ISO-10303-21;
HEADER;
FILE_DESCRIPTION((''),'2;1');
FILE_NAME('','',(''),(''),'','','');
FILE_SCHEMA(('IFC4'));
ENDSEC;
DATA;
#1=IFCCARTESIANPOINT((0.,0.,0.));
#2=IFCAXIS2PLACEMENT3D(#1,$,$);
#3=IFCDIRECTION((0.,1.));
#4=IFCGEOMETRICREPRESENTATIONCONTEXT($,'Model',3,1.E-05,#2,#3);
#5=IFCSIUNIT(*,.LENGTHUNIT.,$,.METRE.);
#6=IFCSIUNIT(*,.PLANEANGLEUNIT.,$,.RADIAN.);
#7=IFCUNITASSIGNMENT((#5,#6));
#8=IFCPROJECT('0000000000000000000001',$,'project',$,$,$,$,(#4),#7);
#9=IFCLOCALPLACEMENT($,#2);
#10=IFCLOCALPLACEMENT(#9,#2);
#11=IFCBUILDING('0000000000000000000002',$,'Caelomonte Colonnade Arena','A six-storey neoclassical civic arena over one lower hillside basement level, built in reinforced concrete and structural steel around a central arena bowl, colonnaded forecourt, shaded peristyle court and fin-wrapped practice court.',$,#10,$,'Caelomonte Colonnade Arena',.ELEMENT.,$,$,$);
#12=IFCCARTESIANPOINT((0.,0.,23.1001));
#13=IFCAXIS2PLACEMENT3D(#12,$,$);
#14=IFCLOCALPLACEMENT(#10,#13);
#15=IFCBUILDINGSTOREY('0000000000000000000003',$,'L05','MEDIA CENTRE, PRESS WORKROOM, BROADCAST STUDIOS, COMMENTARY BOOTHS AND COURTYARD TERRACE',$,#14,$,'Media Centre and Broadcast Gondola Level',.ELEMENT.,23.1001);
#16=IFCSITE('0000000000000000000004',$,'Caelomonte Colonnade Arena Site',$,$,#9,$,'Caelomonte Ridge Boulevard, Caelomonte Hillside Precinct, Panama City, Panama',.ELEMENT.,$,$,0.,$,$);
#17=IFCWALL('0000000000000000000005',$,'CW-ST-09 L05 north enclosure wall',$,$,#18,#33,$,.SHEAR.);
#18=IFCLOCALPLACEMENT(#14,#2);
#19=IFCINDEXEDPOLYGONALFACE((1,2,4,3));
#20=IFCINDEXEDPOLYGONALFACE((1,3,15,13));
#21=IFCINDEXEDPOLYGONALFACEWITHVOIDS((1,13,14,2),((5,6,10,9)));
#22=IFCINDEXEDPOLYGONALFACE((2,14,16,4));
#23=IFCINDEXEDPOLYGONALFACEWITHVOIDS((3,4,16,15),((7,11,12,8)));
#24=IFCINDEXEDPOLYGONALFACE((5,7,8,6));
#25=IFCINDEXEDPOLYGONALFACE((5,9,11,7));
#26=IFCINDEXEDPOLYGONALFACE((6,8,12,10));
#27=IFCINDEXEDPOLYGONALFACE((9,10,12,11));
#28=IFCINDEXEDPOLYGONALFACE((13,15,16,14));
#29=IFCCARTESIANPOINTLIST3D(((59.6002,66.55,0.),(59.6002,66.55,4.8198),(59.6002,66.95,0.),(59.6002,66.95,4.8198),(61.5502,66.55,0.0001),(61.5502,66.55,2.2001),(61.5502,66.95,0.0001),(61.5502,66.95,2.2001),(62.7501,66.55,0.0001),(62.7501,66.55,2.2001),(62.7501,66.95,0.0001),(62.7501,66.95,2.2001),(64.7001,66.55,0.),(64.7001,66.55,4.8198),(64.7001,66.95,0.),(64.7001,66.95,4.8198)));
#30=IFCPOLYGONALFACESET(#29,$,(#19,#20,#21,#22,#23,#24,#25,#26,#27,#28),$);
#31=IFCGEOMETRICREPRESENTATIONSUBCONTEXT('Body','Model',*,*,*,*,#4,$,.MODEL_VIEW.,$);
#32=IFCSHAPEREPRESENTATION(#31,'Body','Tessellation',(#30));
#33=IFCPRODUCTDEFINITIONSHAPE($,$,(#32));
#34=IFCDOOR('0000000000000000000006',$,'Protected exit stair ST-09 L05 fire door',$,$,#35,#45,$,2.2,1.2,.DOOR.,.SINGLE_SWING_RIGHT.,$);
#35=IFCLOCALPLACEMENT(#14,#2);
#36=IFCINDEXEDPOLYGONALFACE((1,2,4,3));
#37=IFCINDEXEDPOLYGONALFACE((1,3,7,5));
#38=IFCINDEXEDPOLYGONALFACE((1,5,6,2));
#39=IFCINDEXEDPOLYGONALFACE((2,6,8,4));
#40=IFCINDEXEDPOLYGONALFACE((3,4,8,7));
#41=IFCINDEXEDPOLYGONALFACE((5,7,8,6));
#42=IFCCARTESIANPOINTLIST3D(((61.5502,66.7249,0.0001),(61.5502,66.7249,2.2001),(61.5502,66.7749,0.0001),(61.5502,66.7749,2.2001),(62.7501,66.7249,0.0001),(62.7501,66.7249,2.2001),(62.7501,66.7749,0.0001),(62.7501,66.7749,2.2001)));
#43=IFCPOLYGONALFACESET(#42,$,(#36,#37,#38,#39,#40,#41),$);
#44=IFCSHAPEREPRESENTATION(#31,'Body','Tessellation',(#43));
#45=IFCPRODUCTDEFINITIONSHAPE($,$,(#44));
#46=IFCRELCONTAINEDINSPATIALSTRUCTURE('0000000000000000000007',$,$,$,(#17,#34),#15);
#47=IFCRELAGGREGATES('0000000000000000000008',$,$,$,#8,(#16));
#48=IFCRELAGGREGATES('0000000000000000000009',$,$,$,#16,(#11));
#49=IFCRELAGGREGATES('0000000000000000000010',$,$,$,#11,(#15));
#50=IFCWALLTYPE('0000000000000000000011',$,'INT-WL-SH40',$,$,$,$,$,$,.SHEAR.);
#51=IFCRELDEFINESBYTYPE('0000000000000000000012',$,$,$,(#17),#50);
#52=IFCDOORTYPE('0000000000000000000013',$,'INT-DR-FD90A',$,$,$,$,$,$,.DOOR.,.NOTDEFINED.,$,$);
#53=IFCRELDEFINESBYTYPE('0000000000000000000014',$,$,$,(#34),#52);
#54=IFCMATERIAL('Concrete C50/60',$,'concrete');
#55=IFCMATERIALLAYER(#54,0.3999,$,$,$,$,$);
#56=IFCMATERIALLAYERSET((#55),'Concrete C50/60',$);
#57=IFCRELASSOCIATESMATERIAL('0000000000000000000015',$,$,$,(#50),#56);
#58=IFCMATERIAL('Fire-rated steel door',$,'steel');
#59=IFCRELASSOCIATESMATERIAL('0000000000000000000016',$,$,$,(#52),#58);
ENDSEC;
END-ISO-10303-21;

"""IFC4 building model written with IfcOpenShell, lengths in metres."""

from ifc_helpers import new_model, si_unit, direction, frame, frame_2d, origin, place, context, subcontext, project, spatial, rectangle, extrude, material, layer, layer_set, type_object, element, fill, save


model = new_model("IFC4")

# Units and contexts
model_context = context("Model", 3, precision=1e-05, world=origin(), true_north=direction((0.0, 1.0)))
body_context = subcontext(model_context, "Body", "Model", "MODEL_VIEW")
ifc_project = project(units=[si_unit("LENGTHUNIT", "METRE"), si_unit("PLANEANGLEUNIT", "RADIAN")], contexts=[model_context])

# Site, building, storey
site_placement = place(None, origin())
site = spatial("IfcSite", under=ifc_project, at=site_placement, Name="Caelomonte Colonnade Arena Site", LongName="Caelomonte Ridge Boulevard, Caelomonte Hillside Precinct, Panama City, Panama", CompositionType="ELEMENT", RefElevation=0.0)
building_placement = place(site_placement, origin())
building = spatial("IfcBuilding", under=site, at=building_placement, Name="Caelomonte Colonnade Arena", Description="A six-storey neoclassical civic arena over one lower hillside basement level, built in reinforced concrete and structural steel around a central arena bowl, colonnaded forecourt, shaded peristyle court and fin-wrapped practice court.", LongName="Caelomonte Colonnade Arena", CompositionType="ELEMENT")
storey_placement = place(building_placement, frame((0.0, 0.0, 23.1001)))
storey = spatial("IfcBuildingStorey", under=building, at=storey_placement, Name="L05", Description="MEDIA CENTRE, PRESS WORKROOM, BROADCAST STUDIOS, COMMENTARY BOOTHS AND COURTYARD TERRACE", LongName="Media Centre and Broadcast Gondola Level", CompositionType="ELEMENT", Elevation=23.1001)

# Wall, opening, door
ifc_material_1 = material(Name="Concrete C50/60", Category="concrete")
ifc_layer_1 = layer(ifc_material_1, 0.3999)
ifc_layer_set_1 = layer_set([ifc_layer_1], Name="Concrete C50/60")
wall_type = type_object("IfcWallType", Name="INT-WL-SH40", PredefinedType="SHEAR", material=ifc_layer_set_1)
wall_placement = place(storey_placement, frame((64.7, 66.75, 0.0), z_axis=(0.0, 0.0, 1.0), x_axis=(-1.0, 0.0, 0.0)))
wall = element("IfcWall", 1, at=wall_placement, inside=storey, type_object=wall_type, Name="CW-ST-09 L05 north enclosure wall", PredefinedType="SHEAR", context=body_context, shape_type="SweptSolid", body=[
    extrude(rectangle(XDim=5.0999, YDim=0.3999, at=frame_2d((2.5498, 0.0))), origin(), (0.0, 0.0, 1.0), 4.8198),
])
opening_placement = place(wall_placement, frame((3.1499, 0.0, 0.0), z_axis=(0.0, 0.0, 1.0), x_axis=(-1.0, 0.0, 0.0)))
opening = element("IfcOpeningElement", 2, at=opening_placement, cuts=wall, PredefinedType="OPENING", context=body_context, shape_type="SweptSolid", body=[
    extrude(rectangle(XDim=1.2, YDim=2.2, at=frame_2d((0.6001, 1.1001))), frame((0.0, 0.21, 0.0), z_axis=(0.0, -1.0, 0.0), x_axis=(1.0, 0.0, 0.0)), (0.0, 0.0, 1.0), 0.4199),
])
ifc_material_2 = material(Name="Fire-rated steel door", Category="steel")
door_type = type_object("IfcDoorType", Name="INT-DR-FD90A", OperationType="NOTDEFINED", PredefinedType="DOOR", material=ifc_material_2)
door_placement = place(opening_placement, origin())
door = element("IfcDoor", 3, at=door_placement, inside=storey, type_object=door_type, Name="Protected exit stair ST-09 L05 fire door", OperationType="SINGLE_SWING_RIGHT", OverallHeight=2.2, OverallWidth=1.2, PredefinedType="DOOR", context=body_context, shape_type="SweptSolid", body=[
    extrude(rectangle(XDim=1.2, YDim=2.2, at=frame_2d((0.6001, 1.1001))), frame((0.0, 0.0249, 0.0), z_axis=(0.0, -1.0, 0.0), x_axis=(1.0, 0.0, 0.0)), (0.0, 0.0, 1.0), 0.05),
])
fill(opening, door)

save(model, "model.ifc")
